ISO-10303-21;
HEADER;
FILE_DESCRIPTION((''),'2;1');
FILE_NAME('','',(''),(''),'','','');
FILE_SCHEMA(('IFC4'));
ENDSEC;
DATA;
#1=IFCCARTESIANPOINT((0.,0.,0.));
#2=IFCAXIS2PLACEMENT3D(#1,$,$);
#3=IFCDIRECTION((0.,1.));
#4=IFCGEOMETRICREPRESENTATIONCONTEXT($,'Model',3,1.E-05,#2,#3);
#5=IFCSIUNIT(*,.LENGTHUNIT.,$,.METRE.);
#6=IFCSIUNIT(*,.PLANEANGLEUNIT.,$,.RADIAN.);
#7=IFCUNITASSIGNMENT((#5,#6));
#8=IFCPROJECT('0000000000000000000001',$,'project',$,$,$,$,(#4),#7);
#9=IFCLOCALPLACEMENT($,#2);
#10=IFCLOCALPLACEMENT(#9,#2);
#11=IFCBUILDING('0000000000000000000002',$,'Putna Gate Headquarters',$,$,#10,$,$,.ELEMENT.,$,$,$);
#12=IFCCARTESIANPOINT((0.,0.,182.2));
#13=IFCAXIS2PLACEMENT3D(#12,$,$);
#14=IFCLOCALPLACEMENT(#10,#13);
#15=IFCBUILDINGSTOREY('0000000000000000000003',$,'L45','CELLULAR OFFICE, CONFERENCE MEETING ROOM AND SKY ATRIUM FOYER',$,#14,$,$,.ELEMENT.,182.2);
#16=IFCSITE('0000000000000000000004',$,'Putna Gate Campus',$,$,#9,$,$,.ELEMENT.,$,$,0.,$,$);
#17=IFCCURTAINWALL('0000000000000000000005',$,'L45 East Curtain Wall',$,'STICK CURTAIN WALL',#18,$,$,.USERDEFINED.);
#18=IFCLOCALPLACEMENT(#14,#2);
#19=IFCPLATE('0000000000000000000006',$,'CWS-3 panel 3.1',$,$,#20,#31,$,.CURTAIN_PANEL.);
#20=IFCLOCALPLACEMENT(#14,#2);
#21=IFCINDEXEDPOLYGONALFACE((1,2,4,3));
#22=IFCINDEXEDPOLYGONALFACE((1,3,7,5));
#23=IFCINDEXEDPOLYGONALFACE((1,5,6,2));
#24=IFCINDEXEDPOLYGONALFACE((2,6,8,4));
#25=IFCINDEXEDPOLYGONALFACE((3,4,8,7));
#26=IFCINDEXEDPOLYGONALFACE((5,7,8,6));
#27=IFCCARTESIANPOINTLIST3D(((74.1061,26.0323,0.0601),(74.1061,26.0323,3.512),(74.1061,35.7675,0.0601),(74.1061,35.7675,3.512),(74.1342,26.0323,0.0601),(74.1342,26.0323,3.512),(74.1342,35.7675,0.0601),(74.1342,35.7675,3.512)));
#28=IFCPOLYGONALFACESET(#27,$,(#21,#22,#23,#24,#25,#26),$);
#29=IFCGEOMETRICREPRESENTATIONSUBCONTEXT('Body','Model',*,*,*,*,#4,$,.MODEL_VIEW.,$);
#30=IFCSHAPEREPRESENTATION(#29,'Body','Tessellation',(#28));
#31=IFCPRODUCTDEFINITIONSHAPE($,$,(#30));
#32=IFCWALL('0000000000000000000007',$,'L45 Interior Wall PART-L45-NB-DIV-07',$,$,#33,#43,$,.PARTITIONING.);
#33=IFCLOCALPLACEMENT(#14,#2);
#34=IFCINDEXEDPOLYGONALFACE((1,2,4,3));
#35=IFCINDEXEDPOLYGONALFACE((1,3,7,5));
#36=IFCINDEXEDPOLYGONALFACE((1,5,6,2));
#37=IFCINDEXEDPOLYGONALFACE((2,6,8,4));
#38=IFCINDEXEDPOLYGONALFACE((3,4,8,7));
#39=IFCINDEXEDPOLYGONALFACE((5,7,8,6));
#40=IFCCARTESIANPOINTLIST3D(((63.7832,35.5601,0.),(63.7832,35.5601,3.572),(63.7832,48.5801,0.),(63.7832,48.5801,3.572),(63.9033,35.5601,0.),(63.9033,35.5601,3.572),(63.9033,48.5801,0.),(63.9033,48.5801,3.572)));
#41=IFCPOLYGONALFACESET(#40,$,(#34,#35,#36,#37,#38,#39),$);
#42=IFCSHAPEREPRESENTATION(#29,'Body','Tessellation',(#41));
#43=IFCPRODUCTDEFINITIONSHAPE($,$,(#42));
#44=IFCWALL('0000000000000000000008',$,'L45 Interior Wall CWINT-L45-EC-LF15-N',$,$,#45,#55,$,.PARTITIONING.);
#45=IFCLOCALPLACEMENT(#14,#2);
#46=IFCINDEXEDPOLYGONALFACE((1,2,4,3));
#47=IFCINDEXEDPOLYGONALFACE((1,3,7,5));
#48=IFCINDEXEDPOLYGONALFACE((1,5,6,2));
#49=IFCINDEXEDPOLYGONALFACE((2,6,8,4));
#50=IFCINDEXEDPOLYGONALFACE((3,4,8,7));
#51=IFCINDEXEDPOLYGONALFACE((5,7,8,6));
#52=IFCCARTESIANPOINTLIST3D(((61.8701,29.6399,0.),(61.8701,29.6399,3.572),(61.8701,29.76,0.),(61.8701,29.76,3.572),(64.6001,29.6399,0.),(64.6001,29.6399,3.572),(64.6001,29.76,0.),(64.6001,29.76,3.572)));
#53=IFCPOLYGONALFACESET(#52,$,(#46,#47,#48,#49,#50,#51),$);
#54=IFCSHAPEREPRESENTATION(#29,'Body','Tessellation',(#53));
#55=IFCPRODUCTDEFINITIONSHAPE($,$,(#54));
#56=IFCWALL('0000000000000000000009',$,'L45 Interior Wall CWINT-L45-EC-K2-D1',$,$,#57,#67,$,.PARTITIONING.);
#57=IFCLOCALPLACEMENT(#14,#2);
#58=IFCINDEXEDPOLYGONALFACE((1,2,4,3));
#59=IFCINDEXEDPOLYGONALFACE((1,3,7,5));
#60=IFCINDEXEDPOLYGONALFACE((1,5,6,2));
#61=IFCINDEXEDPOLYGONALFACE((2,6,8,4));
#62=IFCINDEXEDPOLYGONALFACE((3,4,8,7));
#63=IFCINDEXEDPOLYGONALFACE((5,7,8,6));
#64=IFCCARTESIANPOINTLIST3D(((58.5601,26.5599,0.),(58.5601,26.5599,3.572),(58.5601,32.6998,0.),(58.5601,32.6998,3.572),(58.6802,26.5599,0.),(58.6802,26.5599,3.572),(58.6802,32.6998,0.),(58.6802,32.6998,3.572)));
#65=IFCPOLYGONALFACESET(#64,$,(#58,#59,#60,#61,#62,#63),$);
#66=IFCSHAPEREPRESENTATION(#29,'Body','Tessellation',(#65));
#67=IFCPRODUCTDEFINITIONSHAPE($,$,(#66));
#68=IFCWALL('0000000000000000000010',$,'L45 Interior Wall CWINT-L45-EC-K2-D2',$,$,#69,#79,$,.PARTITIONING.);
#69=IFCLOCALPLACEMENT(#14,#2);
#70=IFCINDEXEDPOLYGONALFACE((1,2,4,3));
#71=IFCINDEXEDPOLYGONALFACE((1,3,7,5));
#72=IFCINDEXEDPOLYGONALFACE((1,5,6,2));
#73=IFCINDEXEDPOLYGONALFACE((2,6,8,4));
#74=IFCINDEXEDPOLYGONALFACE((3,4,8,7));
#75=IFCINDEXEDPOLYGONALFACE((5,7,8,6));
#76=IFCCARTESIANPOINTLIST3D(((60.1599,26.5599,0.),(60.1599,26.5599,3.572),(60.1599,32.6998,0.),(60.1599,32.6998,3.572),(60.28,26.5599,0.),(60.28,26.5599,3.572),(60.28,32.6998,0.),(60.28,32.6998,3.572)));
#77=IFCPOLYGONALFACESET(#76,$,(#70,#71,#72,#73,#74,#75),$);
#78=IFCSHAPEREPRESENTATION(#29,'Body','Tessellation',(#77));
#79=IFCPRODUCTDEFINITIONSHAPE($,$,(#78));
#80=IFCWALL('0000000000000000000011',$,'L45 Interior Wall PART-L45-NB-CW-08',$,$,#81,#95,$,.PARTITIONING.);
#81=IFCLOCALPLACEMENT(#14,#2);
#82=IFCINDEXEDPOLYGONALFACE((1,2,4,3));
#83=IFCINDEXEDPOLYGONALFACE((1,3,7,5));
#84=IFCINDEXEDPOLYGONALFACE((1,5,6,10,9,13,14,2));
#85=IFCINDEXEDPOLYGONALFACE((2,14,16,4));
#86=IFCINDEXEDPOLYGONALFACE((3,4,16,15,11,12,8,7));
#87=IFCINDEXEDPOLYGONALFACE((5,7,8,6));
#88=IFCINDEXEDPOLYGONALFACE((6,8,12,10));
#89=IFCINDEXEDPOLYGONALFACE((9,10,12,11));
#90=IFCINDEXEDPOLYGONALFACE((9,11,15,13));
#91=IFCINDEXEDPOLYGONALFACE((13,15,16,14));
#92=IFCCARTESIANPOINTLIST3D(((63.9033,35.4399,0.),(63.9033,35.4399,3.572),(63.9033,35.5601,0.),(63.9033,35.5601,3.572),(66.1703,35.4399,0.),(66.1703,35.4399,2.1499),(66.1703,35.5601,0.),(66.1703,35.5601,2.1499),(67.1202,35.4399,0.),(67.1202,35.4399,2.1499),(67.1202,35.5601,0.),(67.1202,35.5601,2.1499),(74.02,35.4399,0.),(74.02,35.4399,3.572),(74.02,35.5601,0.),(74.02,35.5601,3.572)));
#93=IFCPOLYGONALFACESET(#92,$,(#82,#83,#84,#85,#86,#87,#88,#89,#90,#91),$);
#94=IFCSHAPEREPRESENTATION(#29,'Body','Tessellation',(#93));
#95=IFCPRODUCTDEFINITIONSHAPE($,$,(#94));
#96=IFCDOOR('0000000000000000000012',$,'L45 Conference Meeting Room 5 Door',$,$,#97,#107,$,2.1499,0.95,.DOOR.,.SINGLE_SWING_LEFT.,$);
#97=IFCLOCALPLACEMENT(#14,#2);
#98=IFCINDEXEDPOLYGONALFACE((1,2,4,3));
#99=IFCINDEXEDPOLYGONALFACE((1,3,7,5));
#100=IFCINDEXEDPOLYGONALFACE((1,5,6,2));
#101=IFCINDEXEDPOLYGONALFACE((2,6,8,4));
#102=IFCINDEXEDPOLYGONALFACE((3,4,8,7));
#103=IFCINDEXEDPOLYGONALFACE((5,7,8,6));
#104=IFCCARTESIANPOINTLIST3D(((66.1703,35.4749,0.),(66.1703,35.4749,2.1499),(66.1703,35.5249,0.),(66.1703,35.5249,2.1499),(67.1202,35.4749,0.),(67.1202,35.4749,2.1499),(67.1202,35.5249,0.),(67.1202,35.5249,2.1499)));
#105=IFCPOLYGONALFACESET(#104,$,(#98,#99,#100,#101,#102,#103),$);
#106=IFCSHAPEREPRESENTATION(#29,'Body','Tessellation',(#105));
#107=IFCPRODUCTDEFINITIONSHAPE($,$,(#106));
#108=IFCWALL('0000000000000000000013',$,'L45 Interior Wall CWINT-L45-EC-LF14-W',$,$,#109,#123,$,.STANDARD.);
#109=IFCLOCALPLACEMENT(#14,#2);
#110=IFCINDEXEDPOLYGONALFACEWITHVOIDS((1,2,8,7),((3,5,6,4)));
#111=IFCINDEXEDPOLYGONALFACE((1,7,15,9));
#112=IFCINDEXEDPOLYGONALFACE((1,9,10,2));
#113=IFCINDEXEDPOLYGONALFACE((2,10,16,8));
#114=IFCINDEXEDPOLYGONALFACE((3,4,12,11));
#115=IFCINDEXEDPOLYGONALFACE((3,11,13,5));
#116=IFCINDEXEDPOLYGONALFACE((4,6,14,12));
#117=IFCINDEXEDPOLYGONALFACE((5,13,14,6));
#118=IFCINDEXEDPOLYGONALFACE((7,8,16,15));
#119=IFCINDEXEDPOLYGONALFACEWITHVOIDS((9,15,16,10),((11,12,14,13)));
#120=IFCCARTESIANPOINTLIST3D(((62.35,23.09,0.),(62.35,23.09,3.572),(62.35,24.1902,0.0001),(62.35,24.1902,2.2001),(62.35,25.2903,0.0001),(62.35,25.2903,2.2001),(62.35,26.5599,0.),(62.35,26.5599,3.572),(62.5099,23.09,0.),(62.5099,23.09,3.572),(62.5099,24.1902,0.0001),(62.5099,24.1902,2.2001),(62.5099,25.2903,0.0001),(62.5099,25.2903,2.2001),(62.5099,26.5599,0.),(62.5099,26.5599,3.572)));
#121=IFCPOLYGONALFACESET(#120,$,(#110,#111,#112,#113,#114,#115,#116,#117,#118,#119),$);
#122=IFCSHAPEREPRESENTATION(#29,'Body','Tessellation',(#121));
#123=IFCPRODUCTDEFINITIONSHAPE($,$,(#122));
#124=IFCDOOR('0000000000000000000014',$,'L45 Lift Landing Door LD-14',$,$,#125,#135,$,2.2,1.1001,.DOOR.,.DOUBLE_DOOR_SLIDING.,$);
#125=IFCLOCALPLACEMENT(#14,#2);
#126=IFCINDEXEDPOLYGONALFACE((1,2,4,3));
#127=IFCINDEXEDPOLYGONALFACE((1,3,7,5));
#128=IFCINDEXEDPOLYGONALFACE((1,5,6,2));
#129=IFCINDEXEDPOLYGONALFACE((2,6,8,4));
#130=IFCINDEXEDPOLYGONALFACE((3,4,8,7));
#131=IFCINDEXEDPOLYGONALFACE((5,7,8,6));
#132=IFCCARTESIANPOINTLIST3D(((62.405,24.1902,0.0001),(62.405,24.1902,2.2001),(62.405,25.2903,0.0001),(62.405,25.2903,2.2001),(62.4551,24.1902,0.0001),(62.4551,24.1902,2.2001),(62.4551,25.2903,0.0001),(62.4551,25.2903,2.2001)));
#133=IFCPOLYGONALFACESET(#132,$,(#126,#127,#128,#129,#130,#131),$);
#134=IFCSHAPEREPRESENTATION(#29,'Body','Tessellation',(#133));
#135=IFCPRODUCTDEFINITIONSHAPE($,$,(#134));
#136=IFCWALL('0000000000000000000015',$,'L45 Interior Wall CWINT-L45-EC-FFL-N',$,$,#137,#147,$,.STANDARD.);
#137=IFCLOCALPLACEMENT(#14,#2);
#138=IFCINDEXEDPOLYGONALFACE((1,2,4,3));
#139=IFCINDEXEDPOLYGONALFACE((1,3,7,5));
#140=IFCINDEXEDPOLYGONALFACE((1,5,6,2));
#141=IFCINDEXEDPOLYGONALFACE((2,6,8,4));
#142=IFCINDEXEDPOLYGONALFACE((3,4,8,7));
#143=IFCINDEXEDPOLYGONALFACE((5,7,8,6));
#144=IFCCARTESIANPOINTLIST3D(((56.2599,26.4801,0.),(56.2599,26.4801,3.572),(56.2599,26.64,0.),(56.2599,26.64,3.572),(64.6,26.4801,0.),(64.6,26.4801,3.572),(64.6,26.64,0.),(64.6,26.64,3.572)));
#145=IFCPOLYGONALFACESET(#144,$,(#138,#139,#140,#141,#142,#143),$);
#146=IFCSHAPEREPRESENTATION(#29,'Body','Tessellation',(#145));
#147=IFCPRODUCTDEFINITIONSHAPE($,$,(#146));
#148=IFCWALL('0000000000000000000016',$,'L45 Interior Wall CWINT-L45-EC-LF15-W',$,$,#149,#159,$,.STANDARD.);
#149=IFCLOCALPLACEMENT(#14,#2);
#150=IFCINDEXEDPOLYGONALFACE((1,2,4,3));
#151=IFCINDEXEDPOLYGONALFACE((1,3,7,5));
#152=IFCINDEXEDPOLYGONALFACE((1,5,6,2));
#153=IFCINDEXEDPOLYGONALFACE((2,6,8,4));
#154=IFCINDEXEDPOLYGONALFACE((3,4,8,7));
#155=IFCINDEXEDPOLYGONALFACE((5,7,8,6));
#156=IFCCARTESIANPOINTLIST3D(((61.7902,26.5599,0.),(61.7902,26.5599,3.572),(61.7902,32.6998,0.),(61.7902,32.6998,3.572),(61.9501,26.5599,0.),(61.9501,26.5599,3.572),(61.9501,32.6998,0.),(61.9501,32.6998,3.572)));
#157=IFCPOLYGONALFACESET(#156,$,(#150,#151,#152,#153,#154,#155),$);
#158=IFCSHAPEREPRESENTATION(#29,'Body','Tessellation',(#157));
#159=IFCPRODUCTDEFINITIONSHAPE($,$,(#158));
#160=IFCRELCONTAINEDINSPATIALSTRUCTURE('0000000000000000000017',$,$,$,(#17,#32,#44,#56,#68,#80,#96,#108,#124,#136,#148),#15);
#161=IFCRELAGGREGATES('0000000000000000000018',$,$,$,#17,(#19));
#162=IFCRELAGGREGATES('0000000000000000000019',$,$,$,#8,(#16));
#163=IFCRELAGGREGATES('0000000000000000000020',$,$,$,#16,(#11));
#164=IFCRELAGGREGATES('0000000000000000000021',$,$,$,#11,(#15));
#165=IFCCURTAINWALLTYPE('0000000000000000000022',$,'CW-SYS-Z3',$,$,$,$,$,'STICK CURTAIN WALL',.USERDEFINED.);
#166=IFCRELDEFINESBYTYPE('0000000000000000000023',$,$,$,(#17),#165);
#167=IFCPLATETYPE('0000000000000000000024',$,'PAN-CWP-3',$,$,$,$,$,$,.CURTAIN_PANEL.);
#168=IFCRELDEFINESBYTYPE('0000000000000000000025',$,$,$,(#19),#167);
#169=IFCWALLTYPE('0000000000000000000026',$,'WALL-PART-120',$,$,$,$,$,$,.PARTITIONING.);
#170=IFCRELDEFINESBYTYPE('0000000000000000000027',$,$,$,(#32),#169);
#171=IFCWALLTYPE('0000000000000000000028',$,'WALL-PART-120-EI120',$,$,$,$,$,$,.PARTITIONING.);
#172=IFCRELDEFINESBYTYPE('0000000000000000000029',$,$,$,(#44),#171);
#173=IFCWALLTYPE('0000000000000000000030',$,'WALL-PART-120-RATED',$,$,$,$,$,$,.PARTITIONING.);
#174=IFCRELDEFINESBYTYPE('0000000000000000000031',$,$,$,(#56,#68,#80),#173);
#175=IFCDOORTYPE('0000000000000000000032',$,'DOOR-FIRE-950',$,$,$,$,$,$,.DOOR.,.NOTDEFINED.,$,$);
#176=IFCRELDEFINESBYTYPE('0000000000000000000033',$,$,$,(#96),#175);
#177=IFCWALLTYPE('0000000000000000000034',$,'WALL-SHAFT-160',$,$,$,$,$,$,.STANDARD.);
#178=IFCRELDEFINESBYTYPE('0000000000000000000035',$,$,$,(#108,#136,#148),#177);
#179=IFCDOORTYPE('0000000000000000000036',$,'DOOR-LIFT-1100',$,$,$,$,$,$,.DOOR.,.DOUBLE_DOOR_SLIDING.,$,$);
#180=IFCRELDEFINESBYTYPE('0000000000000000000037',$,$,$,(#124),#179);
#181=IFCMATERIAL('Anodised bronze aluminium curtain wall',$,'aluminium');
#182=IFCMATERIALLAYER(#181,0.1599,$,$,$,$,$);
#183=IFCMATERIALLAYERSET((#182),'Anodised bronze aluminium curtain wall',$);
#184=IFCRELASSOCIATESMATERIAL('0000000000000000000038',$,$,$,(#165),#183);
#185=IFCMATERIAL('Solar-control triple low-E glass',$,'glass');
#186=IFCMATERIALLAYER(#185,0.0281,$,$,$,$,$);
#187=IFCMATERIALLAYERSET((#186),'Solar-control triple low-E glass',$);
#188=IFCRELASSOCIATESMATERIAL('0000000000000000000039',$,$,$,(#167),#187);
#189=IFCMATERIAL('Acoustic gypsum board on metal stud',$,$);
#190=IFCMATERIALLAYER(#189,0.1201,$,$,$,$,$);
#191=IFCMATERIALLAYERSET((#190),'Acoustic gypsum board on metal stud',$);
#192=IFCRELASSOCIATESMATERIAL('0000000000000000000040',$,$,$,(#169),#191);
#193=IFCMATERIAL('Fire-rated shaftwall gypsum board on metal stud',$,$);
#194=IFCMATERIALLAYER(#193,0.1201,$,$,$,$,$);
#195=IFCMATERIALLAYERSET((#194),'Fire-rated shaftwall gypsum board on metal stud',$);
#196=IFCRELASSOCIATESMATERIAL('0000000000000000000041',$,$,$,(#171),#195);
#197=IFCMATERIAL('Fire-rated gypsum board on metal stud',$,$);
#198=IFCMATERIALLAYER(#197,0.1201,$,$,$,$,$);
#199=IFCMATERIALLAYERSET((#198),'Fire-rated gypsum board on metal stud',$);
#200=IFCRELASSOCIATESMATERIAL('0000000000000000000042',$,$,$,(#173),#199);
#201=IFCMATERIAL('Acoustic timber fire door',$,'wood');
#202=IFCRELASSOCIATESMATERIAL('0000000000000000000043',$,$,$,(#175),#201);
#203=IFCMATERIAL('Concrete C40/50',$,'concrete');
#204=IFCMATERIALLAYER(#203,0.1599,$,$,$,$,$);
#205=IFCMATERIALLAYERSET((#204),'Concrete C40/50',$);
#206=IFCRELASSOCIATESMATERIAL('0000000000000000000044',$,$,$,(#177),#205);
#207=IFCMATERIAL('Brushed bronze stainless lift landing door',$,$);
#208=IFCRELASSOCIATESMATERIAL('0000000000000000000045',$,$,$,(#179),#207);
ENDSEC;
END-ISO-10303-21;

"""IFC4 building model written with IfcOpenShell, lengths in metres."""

from ifc_helpers import new_model, si_unit, direction, frame, frame_2d, origin, origin_2d, place, context, subcontext, project, spatial, rectangle, extrude, material, layer, layer_set, type_object, element, fill, aggregate, save


model = new_model("IFC4")

# Units and contexts
model_context = context("Model", 3, precision=1e-05, world=origin(), true_north=direction((0.0, 1.0)))
body_context = subcontext(model_context, "Body", "Model", "MODEL_VIEW")
ifc_project = project(units=[si_unit("LENGTHUNIT", "METRE"), si_unit("PLANEANGLEUNIT", "RADIAN")], contexts=[model_context])

# Site, building, storey
site_placement = place(None, origin())
site = spatial("IfcSite", under=ifc_project, at=site_placement, Name="Putna Gate Campus", CompositionType="ELEMENT", RefElevation=0.0)
building_placement = place(site_placement, origin())
building = spatial("IfcBuilding", under=site, at=building_placement, Name="Putna Gate Headquarters", CompositionType="ELEMENT")
storey_placement = place(building_placement, frame((0.0, 0.0, 182.2)))
storey = spatial("IfcBuildingStorey", under=building, at=storey_placement, Name="L45", Description="CELLULAR OFFICE, CONFERENCE MEETING ROOM AND SKY ATRIUM FOYER", CompositionType="ELEMENT", Elevation=182.2)

# Curtain wall, plate
ifc_material_1 = material(Name="Anodised bronze aluminium curtain wall", Category="aluminium")
ifc_layer_1 = layer(ifc_material_1, 0.1599)
ifc_layer_set_1 = layer_set([ifc_layer_1], Name="Anodised bronze aluminium curtain wall")
curtain_wall_type = type_object("IfcCurtainWallType", Name="CW-SYS-Z3", ElementType="STICK CURTAIN WALL", PredefinedType="USERDEFINED", material=ifc_layer_set_1)
curtain_wall_placement = place(storey_placement, origin())
curtain_wall = element("IfcCurtainWall", 1, at=curtain_wall_placement, inside=storey, type_object=curtain_wall_type, Name="L45 East Curtain Wall", ObjectType="STICK CURTAIN WALL", PredefinedType="USERDEFINED")
ifc_material_2 = material(Name="Solar-control triple low-E glass", Category="glass")
ifc_layer_2 = layer(ifc_material_2, 0.0281)
ifc_layer_set_2 = layer_set([ifc_layer_2], Name="Solar-control triple low-E glass")
plate_type = type_object("IfcPlateType", Name="PAN-CWP-3", PredefinedType="CURTAIN_PANEL", material=ifc_layer_set_2)
plate_placement = place(storey_placement, frame((74.1201, 30.8999, 0.0601), z_axis=(0.0, 0.0, 1.0), x_axis=(0.0, 1.0, 0.0)))
plate = element("IfcPlate", 2, at=plate_placement, type_object=plate_type, Name="CWS-3 panel 3.1", PredefinedType="CURTAIN_PANEL", context=body_context, shape_type="SweptSolid", body=[
    extrude(rectangle(XDim=9.7351, YDim=0.0281, at=origin_2d()), origin(), (0.0, 0.0, 1.0), 3.4519),
])
aggregate(curtain_wall, [plate])

# Walls
ifc_material_3 = material(Name="Acoustic gypsum board on metal stud")
ifc_layer_3 = layer(ifc_material_3, 0.1201)
ifc_layer_set_3 = layer_set([ifc_layer_3], Name="Acoustic gypsum board on metal stud")
wall_type_1 = type_object("IfcWallType", Name="WALL-PART-120", PredefinedType="PARTITIONING", material=ifc_layer_set_3)
wall_1_placement = place(storey_placement, frame((63.8433, 35.5601, 0.0), z_axis=(0.0, 0.0, 1.0), x_axis=(0.0, 1.0, 0.0)))
element("IfcWall", 3, at=wall_1_placement, inside=storey, type_object=wall_type_1, Name="L45 Interior Wall PART-L45-NB-DIV-07", PredefinedType="PARTITIONING", context=body_context, shape_type="SweptSolid", body=[
    extrude(rectangle(XDim=13.02, YDim=0.1201, at=frame_2d((6.51, 0.0))), origin(), (0.0, 0.0, 1.0), 3.572),
])
ifc_material_4 = material(Name="Fire-rated shaftwall gypsum board on metal stud")
ifc_layer_4 = layer(ifc_material_4, 0.1201)
ifc_layer_set_4 = layer_set([ifc_layer_4], Name="Fire-rated shaftwall gypsum board on metal stud")
wall_type_2 = type_object("IfcWallType", Name="WALL-PART-120-EI120", PredefinedType="PARTITIONING", material=ifc_layer_set_4)
wall_2_placement = place(storey_placement, frame((61.8701, 29.7, 0.0), z_axis=(0.0, 0.0, 1.0), x_axis=(1.0, 0.0, 0.0)))
element("IfcWall", 4, at=wall_2_placement, inside=storey, type_object=wall_type_2, Name="L45 Interior Wall CWINT-L45-EC-LF15-N", PredefinedType="PARTITIONING", context=body_context, shape_type="SweptSolid", body=[
    extrude(rectangle(XDim=2.73, YDim=0.1201, at=frame_2d((1.365, 0.0))), origin(), (0.0, 0.0, 1.0), 3.572),
])
ifc_material_5 = material(Name="Fire-rated gypsum board on metal stud")
ifc_layer_5 = layer(ifc_material_5, 0.1201)
ifc_layer_set_5 = layer_set([ifc_layer_5], Name="Fire-rated gypsum board on metal stud")
wall_type_3 = type_object("IfcWallType", Name="WALL-PART-120-RATED", PredefinedType="PARTITIONING", material=ifc_layer_set_5)
for number, where, z_axis, x_axis, name in (
    (5, (58.6201, 26.5601, 0.0), (0.0, 0.0, 1.0), (0.0, 1.0, 0.0), "L45 Interior Wall CWINT-L45-EC-K2-D1"),
    (6, (60.22, 26.5601, 0.0), (0.0, 0.0, 1.0), (0.0, 1.0, 0.0), "L45 Interior Wall CWINT-L45-EC-K2-D2"),
):
    element("IfcWall", number, at=place(storey_placement, frame(where, z_axis=z_axis, x_axis=x_axis)), inside=storey, type_object=wall_type_3, Name=name, PredefinedType="PARTITIONING", context=body_context, shape_type="SweptSolid", body=[
        extrude(rectangle(XDim=6.1399, YDim=0.1201, at=frame_2d((3.0698, 0.0))), origin(), (0.0, 0.0, 1.0), 3.572),
    ])

# Walls, openings, doors
wall_3_placement = place(storey_placement, frame((63.9033, 35.5, 0.0), z_axis=(0.0, 0.0, 1.0), x_axis=(1.0, 0.0, 0.0)))
wall_3 = element("IfcWall", 7, at=wall_3_placement, inside=storey, type_object=wall_type_3, Name="L45 Interior Wall PART-L45-NB-CW-08", PredefinedType="PARTITIONING", context=body_context, shape_type="SweptSolid", body=[
    extrude(rectangle(XDim=10.1167, YDim=0.1201, at=frame_2d((5.0583, 0.0))), origin(), (0.0, 0.0, 1.0), 3.572),
])
opening_1_placement = place(wall_3_placement, frame((2.2668, 0.0, 0.0)))
opening_1 = element("IfcOpeningElement", 8, at=opening_1_placement, cuts=wall_3, PredefinedType="OPENING", context=body_context, shape_type="SweptSolid", body=[
    extrude(rectangle(XDim=0.95, YDim=2.1499, at=frame_2d((0.4751, 1.075))), frame((0.0, 0.0701, 0.0), z_axis=(0.0, -1.0, 0.0), x_axis=(1.0, 0.0, 0.0)), (0.0, 0.0, 1.0), 0.1401),
])
ifc_material_6 = material(Name="Acoustic timber fire door", Category="wood")
door_type_1 = type_object("IfcDoorType", Name="DOOR-FIRE-950", OperationType="NOTDEFINED", PredefinedType="DOOR", material=ifc_material_6)
door_1_placement = place(opening_1_placement, origin())
door_1 = element("IfcDoor", 9, at=door_1_placement, inside=storey, type_object=door_type_1, Name="L45 Conference Meeting Room 5 Door", OperationType="SINGLE_SWING_LEFT", OverallHeight=2.1499, OverallWidth=0.95, PredefinedType="DOOR", context=body_context, shape_type="SweptSolid", body=[
    extrude(rectangle(XDim=0.95, YDim=2.1499, at=frame_2d((0.4751, 1.075))), frame((0.0, 0.0249, 0.0), z_axis=(0.0, -1.0, 0.0), x_axis=(1.0, 0.0, 0.0)), (0.0, 0.0, 1.0), 0.05),
])
fill(opening_1, door_1)
ifc_material_7 = material(Name="Concrete C40/50", Category="concrete")
ifc_layer_6 = layer(ifc_material_7, 0.1599)
ifc_layer_set_6 = layer_set([ifc_layer_6], Name="Concrete C40/50")
wall_type_4 = type_object("IfcWallType", Name="WALL-SHAFT-160", PredefinedType="STANDARD", material=ifc_layer_set_6)
wall_4_placement = place(storey_placement, frame((62.4299, 23.0901, 0.0), z_axis=(0.0, 0.0, 1.0), x_axis=(0.0, 1.0, 0.0)))
wall_4 = element("IfcWall", 10, at=wall_4_placement, inside=storey, type_object=wall_type_4, Name="L45 Interior Wall CWINT-L45-EC-LF14-W", PredefinedType="STANDARD", context=body_context, shape_type="SweptSolid", body=[
    extrude(rectangle(XDim=3.47, YDim=0.1599, at=frame_2d((1.7349, 0.0))), origin(), (0.0, 0.0, 1.0), 3.572),
])
opening_2_placement = place(wall_4_placement, frame((1.1001, 0.0, 0.0)))
opening_2 = element("IfcOpeningElement", 11, at=opening_2_placement, cuts=wall_4, PredefinedType="OPENING", context=body_context, shape_type="SweptSolid", body=[
    extrude(rectangle(XDim=1.1001, YDim=2.2, at=frame_2d((0.55, 1.1001))), frame((0.0, 0.0898, 0.0), z_axis=(0.0, -1.0, 0.0), x_axis=(1.0, 0.0, 0.0)), (0.0, 0.0, 1.0), 0.1799),
])
ifc_material_8 = material(Name="Brushed bronze stainless lift landing door")
door_type_2 = type_object("IfcDoorType", Name="DOOR-LIFT-1100", OperationType="DOUBLE_DOOR_SLIDING", PredefinedType="DOOR", material=ifc_material_8)
door_2_placement = place(opening_2_placement, origin())
door_2 = element("IfcDoor", 12, at=door_2_placement, inside=storey, type_object=door_type_2, Name="L45 Lift Landing Door LD-14", OperationType="DOUBLE_DOOR_SLIDING", OverallHeight=2.2, OverallWidth=1.1001, PredefinedType="DOOR", context=body_context, shape_type="SweptSolid", body=[
    extrude(rectangle(XDim=1.1001, YDim=2.2, at=frame_2d((0.55, 1.1001))), frame((0.0, 0.0249, 0.0), z_axis=(0.0, -1.0, 0.0), x_axis=(1.0, 0.0, 0.0)), (0.0, 0.0, 1.0), 0.05),
])
fill(opening_2, door_2)

# Walls
wall_5_placement = place(storey_placement, frame((56.26, 26.5601, 0.0), z_axis=(0.0, 0.0, 1.0), x_axis=(1.0, 0.0, 0.0)))
element("IfcWall", 13, at=wall_5_placement, inside=storey, type_object=wall_type_4, Name="L45 Interior Wall CWINT-L45-EC-FFL-N", PredefinedType="STANDARD", context=body_context, shape_type="SweptSolid", body=[
    extrude(rectangle(XDim=8.3401, YDim=0.1599, at=frame_2d((4.1699, 0.0))), origin(), (0.0, 0.0, 1.0), 3.572),
])
wall_6_placement = place(storey_placement, frame((61.8701, 26.5601, 0.0), z_axis=(0.0, 0.0, 1.0), x_axis=(0.0, 1.0, 0.0)))
element("IfcWall", 14, at=wall_6_placement, inside=storey, type_object=wall_type_4, Name="L45 Interior Wall CWINT-L45-EC-LF15-W", PredefinedType="STANDARD", context=body_context, shape_type="SweptSolid", body=[
    extrude(rectangle(XDim=6.1399, YDim=0.1599, at=frame_2d((3.0698, 0.0))), origin(), (0.0, 0.0, 1.0), 3.572),
])

save(model, "model.ifc")
